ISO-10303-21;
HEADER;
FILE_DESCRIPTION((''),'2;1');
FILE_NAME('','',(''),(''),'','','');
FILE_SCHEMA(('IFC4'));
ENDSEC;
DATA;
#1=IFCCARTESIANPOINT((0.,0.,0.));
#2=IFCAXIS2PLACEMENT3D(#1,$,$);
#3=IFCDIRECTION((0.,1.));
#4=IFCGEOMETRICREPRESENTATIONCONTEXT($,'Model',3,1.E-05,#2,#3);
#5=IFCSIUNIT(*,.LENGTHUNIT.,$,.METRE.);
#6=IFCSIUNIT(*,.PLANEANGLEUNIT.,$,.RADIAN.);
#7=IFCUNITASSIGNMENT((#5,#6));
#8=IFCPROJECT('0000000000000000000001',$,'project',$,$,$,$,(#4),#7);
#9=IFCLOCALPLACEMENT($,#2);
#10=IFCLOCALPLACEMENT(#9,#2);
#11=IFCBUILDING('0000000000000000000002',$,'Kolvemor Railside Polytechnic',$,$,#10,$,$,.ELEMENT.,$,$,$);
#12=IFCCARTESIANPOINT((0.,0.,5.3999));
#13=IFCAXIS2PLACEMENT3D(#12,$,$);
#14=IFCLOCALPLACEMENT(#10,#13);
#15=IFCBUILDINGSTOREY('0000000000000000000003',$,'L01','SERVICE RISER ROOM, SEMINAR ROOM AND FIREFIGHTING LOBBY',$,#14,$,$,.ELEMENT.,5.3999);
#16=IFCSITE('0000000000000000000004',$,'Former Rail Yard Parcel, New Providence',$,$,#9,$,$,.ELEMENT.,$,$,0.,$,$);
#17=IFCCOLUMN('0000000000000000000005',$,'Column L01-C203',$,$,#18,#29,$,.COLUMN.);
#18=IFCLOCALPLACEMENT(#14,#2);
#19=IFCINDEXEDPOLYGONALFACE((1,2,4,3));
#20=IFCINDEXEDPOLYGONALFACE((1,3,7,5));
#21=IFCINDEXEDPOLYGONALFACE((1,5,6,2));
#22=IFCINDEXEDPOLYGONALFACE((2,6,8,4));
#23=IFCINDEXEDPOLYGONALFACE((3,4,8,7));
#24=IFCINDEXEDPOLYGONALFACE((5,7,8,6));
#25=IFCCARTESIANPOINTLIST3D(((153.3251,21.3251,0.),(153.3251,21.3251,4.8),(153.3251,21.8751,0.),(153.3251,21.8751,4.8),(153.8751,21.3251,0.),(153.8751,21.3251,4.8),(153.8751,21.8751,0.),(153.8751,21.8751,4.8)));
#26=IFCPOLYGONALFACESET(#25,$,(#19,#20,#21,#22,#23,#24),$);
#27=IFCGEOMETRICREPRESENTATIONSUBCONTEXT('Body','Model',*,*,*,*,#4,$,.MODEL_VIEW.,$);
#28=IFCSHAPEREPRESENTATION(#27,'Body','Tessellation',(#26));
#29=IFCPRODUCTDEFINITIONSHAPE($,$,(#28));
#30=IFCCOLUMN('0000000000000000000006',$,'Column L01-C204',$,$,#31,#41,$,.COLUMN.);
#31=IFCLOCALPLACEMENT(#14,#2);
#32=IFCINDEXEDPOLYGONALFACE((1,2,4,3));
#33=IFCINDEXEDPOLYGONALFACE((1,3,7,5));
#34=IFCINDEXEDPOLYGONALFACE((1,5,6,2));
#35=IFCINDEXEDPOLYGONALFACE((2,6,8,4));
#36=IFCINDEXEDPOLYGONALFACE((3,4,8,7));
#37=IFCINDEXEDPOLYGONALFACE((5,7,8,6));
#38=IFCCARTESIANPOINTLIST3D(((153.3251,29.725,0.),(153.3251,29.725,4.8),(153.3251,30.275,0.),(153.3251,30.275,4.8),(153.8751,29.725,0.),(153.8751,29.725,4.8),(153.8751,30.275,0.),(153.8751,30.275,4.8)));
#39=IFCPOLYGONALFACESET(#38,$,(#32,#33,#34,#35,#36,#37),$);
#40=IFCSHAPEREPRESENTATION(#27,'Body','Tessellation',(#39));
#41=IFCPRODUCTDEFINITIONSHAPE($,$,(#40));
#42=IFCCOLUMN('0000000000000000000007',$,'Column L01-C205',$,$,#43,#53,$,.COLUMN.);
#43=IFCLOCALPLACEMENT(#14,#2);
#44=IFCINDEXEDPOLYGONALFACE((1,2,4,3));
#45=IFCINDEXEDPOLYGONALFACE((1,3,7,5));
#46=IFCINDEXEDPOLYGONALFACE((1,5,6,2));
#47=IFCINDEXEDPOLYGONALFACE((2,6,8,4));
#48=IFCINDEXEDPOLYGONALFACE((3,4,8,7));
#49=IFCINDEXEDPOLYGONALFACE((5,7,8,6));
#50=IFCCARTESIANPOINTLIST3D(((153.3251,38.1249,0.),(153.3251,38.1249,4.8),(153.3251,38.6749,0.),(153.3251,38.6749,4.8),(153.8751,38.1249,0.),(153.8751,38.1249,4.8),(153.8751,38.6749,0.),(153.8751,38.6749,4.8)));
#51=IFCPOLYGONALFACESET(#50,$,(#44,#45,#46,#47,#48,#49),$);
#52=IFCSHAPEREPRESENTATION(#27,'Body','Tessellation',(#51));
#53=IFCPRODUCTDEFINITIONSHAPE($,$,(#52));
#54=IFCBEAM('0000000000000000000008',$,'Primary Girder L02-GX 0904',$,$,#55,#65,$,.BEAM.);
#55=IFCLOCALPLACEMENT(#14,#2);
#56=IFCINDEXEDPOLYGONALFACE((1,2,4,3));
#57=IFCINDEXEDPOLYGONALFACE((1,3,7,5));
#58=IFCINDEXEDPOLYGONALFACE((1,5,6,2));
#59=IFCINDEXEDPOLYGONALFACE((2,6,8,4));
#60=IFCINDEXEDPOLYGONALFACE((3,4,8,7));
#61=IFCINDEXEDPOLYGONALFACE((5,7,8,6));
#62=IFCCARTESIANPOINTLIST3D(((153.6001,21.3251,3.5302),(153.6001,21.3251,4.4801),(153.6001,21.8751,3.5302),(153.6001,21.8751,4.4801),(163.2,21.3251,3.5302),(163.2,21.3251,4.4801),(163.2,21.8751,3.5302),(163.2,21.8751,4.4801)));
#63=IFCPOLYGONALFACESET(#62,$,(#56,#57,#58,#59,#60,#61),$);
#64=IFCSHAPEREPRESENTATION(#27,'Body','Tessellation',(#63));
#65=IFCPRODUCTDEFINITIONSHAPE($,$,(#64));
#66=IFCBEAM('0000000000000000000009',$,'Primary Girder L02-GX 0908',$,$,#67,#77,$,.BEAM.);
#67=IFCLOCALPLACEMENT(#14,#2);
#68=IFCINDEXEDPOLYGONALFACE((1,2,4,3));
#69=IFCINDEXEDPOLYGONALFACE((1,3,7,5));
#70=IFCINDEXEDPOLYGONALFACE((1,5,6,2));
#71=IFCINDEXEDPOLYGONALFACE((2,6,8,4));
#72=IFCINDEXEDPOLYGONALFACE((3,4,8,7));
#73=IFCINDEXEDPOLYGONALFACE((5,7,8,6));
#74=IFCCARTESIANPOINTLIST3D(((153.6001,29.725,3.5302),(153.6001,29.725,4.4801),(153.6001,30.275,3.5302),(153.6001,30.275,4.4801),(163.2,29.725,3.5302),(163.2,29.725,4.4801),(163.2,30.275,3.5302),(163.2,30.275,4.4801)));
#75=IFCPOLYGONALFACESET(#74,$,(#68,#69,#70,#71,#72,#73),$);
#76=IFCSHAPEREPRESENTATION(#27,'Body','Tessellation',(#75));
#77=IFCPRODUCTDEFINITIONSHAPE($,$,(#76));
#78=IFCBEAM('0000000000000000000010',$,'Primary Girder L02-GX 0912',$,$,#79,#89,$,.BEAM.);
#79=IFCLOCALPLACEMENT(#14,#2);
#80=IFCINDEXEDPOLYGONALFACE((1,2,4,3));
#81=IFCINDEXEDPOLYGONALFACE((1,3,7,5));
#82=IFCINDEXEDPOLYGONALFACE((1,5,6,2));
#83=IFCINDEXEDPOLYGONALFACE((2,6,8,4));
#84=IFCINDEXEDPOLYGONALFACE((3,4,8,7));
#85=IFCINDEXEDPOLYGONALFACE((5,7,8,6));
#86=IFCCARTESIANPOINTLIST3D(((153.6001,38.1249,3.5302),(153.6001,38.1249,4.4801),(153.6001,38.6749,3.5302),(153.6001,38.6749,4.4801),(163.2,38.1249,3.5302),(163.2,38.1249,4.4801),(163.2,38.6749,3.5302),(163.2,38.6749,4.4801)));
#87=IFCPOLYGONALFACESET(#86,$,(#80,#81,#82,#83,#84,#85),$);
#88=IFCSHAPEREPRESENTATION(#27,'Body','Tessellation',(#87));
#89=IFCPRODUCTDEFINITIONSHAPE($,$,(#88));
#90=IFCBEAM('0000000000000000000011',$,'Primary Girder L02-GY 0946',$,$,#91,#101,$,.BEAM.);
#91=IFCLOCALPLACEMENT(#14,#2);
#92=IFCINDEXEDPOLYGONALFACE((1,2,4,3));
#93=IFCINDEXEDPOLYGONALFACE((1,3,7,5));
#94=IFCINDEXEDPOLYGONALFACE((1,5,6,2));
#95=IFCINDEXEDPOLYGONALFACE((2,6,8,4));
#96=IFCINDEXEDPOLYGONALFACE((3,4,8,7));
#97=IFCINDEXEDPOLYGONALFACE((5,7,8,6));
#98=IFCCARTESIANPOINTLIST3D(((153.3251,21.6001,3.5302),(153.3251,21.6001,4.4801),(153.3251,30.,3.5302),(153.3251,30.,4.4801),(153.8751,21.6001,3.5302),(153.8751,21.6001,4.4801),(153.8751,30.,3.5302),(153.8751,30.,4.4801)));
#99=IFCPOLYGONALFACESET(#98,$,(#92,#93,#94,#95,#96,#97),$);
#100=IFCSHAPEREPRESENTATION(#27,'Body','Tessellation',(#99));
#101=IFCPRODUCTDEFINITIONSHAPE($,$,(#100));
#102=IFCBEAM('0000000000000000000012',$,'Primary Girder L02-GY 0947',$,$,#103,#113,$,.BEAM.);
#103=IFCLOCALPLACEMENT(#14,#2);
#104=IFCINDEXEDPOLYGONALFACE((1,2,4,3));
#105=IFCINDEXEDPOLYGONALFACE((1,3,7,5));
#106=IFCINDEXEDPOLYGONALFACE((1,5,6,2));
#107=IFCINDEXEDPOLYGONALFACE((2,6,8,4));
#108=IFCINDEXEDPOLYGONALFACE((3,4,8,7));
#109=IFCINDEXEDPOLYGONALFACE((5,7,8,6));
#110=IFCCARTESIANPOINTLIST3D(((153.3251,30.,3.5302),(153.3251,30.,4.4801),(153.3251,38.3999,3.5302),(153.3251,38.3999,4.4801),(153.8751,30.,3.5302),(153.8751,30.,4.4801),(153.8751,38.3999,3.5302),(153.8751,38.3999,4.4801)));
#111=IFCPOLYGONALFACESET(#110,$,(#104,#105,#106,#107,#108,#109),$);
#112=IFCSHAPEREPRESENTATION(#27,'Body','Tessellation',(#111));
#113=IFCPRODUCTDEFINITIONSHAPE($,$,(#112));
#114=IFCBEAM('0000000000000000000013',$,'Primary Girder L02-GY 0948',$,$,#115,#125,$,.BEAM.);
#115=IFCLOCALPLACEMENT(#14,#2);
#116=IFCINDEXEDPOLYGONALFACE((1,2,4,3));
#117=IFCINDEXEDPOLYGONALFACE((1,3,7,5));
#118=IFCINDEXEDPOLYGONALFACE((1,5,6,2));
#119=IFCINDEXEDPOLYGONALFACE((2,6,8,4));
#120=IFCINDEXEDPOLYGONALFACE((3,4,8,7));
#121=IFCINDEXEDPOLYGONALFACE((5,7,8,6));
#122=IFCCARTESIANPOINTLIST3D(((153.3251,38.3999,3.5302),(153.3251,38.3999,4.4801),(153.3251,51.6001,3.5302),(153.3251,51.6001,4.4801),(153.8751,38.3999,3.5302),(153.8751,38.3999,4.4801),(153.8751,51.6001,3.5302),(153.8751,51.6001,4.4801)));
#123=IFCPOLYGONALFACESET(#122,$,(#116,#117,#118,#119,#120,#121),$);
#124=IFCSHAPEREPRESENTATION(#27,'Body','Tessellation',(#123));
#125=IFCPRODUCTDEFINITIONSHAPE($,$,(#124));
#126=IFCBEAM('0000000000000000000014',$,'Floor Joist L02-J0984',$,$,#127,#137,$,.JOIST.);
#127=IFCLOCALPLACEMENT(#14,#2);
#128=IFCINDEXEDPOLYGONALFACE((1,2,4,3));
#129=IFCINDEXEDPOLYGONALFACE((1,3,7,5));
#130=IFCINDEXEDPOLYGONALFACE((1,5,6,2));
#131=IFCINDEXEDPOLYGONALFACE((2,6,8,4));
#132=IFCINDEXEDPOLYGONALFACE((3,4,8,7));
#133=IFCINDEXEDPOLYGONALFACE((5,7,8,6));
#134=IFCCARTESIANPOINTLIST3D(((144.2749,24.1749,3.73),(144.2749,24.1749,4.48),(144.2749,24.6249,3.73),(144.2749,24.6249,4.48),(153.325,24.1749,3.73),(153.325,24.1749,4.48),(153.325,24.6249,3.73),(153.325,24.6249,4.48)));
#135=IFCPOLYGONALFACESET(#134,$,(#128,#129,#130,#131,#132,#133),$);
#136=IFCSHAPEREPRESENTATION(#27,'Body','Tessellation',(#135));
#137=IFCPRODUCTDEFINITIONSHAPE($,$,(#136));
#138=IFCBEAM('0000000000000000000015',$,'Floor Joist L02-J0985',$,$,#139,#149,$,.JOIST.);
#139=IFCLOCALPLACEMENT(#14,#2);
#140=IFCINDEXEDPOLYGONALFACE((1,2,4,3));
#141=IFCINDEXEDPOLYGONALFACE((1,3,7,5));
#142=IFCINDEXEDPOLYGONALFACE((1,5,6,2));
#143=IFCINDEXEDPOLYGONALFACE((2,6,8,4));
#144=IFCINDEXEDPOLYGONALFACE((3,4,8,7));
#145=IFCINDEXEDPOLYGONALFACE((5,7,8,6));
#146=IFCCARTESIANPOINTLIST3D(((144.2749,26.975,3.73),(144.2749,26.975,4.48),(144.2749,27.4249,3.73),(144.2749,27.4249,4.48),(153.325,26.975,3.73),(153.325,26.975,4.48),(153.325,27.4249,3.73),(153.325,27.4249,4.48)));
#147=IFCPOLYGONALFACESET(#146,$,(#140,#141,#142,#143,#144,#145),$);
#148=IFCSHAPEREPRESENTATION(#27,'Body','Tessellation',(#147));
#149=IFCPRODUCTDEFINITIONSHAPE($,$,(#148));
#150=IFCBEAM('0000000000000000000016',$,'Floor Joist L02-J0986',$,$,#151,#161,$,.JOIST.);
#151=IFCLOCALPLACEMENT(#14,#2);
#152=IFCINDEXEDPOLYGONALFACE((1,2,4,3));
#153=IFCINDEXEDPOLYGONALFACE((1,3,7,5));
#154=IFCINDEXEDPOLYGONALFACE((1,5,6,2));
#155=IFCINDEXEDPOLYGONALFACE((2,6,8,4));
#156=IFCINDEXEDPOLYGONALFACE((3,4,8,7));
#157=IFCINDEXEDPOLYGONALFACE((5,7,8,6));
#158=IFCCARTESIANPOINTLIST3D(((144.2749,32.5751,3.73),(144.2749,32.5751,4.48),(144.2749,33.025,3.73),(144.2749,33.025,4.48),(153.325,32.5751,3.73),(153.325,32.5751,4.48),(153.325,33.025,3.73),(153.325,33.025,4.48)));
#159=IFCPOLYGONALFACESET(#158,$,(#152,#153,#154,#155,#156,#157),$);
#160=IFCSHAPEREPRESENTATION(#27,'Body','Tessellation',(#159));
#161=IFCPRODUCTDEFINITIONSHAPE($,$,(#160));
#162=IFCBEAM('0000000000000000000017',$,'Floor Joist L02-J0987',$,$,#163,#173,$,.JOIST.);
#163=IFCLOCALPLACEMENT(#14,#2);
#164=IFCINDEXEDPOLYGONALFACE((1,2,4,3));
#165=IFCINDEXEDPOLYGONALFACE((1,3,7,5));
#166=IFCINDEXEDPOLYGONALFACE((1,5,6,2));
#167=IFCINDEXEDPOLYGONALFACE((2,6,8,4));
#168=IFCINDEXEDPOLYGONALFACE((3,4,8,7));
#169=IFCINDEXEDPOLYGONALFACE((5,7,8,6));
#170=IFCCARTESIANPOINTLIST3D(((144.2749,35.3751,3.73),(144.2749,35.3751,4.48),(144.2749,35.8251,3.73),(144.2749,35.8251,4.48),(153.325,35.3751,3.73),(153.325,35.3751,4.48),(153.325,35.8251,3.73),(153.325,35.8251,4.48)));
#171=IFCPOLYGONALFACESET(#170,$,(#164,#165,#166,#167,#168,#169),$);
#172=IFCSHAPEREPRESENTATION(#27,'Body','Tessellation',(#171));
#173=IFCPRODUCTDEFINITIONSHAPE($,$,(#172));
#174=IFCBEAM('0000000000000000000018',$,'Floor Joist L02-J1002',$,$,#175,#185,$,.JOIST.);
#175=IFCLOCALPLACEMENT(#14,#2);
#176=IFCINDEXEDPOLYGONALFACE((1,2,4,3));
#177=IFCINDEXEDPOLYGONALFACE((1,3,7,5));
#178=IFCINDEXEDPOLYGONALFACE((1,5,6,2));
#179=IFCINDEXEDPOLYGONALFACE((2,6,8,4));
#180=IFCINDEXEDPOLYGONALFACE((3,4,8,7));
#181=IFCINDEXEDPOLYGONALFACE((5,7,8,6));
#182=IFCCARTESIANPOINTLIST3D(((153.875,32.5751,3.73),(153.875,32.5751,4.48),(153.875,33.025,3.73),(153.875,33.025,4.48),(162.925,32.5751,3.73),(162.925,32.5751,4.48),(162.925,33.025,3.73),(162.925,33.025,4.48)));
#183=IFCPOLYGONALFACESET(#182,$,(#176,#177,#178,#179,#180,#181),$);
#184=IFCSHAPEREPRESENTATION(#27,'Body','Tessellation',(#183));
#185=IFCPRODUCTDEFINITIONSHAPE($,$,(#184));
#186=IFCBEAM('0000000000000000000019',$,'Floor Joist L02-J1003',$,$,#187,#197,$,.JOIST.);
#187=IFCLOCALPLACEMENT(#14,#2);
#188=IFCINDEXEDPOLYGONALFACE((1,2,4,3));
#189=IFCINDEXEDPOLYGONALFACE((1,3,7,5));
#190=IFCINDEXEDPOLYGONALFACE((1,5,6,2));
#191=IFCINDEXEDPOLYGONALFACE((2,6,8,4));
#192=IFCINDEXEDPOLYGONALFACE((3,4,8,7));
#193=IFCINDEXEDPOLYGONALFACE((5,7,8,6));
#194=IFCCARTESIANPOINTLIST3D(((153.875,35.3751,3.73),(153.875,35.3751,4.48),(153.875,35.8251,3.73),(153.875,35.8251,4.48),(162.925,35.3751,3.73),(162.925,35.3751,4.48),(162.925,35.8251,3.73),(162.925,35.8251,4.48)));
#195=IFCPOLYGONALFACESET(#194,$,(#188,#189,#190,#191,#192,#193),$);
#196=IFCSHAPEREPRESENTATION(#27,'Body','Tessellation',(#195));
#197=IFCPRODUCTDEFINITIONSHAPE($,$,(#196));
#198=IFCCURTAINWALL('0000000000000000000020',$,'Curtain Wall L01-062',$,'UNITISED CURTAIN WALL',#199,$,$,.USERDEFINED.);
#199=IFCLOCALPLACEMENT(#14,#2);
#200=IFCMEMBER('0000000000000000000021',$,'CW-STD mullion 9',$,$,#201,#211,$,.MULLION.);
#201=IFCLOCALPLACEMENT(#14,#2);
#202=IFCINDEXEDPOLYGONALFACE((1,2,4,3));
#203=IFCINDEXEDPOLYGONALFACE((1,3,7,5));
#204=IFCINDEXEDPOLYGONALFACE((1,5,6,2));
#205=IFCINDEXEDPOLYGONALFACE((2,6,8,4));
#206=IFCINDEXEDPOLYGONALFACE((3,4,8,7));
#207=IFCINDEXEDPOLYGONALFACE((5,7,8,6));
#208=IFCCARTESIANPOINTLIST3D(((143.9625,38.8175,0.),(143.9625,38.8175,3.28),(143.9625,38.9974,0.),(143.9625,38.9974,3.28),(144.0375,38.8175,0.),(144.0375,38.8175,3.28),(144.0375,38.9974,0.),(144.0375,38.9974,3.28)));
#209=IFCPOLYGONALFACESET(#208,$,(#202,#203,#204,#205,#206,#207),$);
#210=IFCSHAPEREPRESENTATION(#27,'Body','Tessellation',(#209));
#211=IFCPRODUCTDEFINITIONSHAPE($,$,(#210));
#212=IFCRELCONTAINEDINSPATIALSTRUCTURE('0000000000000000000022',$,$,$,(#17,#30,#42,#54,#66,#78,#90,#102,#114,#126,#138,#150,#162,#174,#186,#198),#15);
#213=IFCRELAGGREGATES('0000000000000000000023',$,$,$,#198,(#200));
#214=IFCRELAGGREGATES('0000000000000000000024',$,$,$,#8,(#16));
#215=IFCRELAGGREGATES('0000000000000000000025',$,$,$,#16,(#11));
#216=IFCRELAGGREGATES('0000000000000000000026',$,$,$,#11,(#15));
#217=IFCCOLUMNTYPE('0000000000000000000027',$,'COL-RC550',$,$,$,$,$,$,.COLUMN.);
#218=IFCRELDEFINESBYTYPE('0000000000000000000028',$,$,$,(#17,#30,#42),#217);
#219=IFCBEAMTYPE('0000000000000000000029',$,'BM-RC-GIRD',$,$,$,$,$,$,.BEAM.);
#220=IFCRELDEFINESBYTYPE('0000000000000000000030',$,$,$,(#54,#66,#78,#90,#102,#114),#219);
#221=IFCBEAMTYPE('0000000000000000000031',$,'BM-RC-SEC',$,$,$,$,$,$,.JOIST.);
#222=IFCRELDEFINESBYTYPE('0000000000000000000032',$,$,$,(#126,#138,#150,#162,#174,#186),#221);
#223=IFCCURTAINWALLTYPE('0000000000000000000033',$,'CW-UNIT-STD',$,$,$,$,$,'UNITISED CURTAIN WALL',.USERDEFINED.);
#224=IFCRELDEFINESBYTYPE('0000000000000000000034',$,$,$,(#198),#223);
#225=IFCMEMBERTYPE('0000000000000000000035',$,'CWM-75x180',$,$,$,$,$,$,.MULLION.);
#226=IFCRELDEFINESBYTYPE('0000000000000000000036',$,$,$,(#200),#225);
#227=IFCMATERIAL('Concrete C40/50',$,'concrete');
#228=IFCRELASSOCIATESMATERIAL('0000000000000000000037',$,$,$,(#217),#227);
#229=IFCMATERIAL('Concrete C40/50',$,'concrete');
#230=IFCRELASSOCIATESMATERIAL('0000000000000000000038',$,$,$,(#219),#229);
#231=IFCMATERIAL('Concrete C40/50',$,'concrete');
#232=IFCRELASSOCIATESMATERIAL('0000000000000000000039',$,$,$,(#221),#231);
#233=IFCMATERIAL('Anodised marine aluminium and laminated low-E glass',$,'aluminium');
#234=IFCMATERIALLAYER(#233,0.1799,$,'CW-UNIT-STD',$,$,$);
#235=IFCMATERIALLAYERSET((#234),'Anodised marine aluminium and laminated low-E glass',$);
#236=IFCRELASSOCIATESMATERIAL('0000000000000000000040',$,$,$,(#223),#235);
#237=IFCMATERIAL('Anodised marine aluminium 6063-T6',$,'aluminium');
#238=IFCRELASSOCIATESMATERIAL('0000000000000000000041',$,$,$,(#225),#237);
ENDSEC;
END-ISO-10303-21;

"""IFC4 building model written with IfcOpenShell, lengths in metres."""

from ifc_helpers import new_model, si_unit, direction, frame, origin, origin_2d, place, context, subcontext, project, spatial, rectangle, extrude, material, layer, layer_set, material_profile, profile_set, type_object, element, aggregate, save


model = new_model("IFC4")

# Units and contexts
model_context = context("Model", 3, precision=1e-05, world=origin(), true_north=direction((0.0, 1.0)))
body_context = subcontext(model_context, "Body", "Model", "MODEL_VIEW")
ifc_project = project(units=[si_unit("LENGTHUNIT", "METRE"), si_unit("PLANEANGLEUNIT", "RADIAN")], contexts=[model_context])

# Site, building, storey
site_placement = place(None, origin())
site = spatial("IfcSite", under=ifc_project, at=site_placement, Name="Former Rail Yard Parcel, New Providence", CompositionType="ELEMENT", RefElevation=0.0)
building_placement = place(site_placement, origin())
building = spatial("IfcBuilding", under=site, at=building_placement, Name="Kolvemor Railside Polytechnic", CompositionType="ELEMENT")
storey_placement = place(building_placement, frame((0.0, 0.0, 5.3999)))
storey = spatial("IfcBuildingStorey", under=building, at=storey_placement, Name="L01", Description="SERVICE RISER ROOM, SEMINAR ROOM AND FIREFIGHTING LOBBY", CompositionType="ELEMENT", Elevation=5.3999)

# Columns
ifc_material_1 = material(Name="Concrete C40/50", Category="concrete")
ifc_material_profile_1 = material_profile(ifc_material_1, rectangle(XDim=0.55, YDim=0.55, at=origin_2d()), Name="RC550x550")
ifc_profile_set_1 = profile_set([ifc_material_profile_1], Name="Concrete C40/50")
column_type = type_object("IfcColumnType", Name="COL-RC550", PredefinedType="COLUMN", material=ifc_profile_set_1)
for number, where, z_axis, x_axis, name in (
    (1, (153.6001, 21.6001, 0.0), (0.0, 0.0, 1.0), (1.0, 0.0, 0.0), "Column L01-C203"),
    (2, (153.6001, 30.0, 0.0), (0.0, 0.0, 1.0), (1.0, 0.0, 0.0), "Column L01-C204"),
    (3, (153.6001, 38.3999, 0.0), (0.0, 0.0, 1.0), (1.0, 0.0, 0.0), "Column L01-C205"),
):
    element("IfcColumn", number, at=place(storey_placement, frame(where, z_axis=z_axis, x_axis=x_axis)), inside=storey, type_object=column_type, Name=name, PredefinedType="COLUMN", context=body_context, shape_type="SweptSolid", body=[
        extrude(rectangle(XDim=0.55, YDim=0.55, at=origin_2d()), origin(), (0.0, 0.0, 1.0), 4.8),
    ])

# Beams
ifc_material_2 = material(Name="Concrete C40/50", Category="concrete")
ifc_material_profile_2 = material_profile(ifc_material_2, rectangle(XDim=0.55, YDim=0.95, at=origin_2d()), Name="RC550x950")
ifc_profile_set_2 = profile_set([ifc_material_profile_2], Name="Concrete C40/50")
beam_type_1 = type_object("IfcBeamType", Name="BM-RC-GIRD", PredefinedType="BEAM", material=ifc_profile_set_2)
for number, where, z_axis, x_axis, name in (
    (4, (153.6001, 21.6001, 4.0051), (1.0, 0.0, 0.0), (0.0, 1.0, 0.0), "Primary Girder L02-GX 0904"),
    (5, (153.6001, 30.0, 4.0051), (1.0, 0.0, 0.0), (0.0, 1.0, 0.0), "Primary Girder L02-GX 0908"),
    (6, (153.6001, 38.3999, 4.0051), (1.0, 0.0, 0.0), (0.0, 1.0, 0.0), "Primary Girder L02-GX 0912"),
):
    element("IfcBeam", number, at=place(storey_placement, frame(where, z_axis=z_axis, x_axis=x_axis)), inside=storey, type_object=beam_type_1, Name=name, PredefinedType="BEAM", context=body_context, shape_type="SweptSolid", body=[
        extrude(rectangle(XDim=0.55, YDim=0.95, at=origin_2d()), origin(), (0.0, 0.0, 1.0), 9.5999),
    ])
for number, where, z_axis, x_axis, name in (
    (7, (153.6001, 21.6001, 4.0051), (0.0, 1.0, 0.0), (-1.0, 0.0, 0.0), "Primary Girder L02-GY 0946"),
    (8, (153.6001, 30.0, 4.0051), (0.0, 1.0, 0.0), (-1.0, 0.0, 0.0), "Primary Girder L02-GY 0947"),
):
    element("IfcBeam", number, at=place(storey_placement, frame(where, z_axis=z_axis, x_axis=x_axis)), inside=storey, type_object=beam_type_1, Name=name, PredefinedType="BEAM", context=body_context, shape_type="SweptSolid", body=[
        extrude(rectangle(XDim=0.55, YDim=0.95, at=origin_2d()), origin(), (0.0, 0.0, 1.0), 8.3999),
    ])
beam_placement = place(storey_placement, frame((153.6001, 38.3999, 4.0051), z_axis=(0.0, 1.0, 0.0), x_axis=(-1.0, 0.0, 0.0)))
element("IfcBeam", 9, at=beam_placement, inside=storey, type_object=beam_type_1, Name="Primary Girder L02-GY 0948", PredefinedType="BEAM", context=body_context, shape_type="SweptSolid", body=[
    extrude(rectangle(XDim=0.55, YDim=0.95, at=origin_2d()), origin(), (0.0, 0.0, 1.0), 13.2002),
])
ifc_material_3 = material(Name="Concrete C40/50", Category="concrete")
ifc_material_profile_3 = material_profile(ifc_material_3, rectangle(XDim=0.45, YDim=0.75, at=origin_2d()), Name="RC450x750")
ifc_profile_set_3 = profile_set([ifc_material_profile_3], Name="Concrete C40/50")
beam_type_2 = type_object("IfcBeamType", Name="BM-RC-SEC", PredefinedType="JOIST", material=ifc_profile_set_3)
for number, where, z_axis, x_axis, name in (
    (10, (144.2749, 24.3999, 4.105), (1.0, 0.0, 0.0), (0.0, 1.0, 0.0), "Floor Joist L02-J0984"),
    (11, (144.2749, 27.2, 4.105), (1.0, 0.0, 0.0), (0.0, 1.0, 0.0), "Floor Joist L02-J0985"),
    (12, (144.2749, 32.8, 4.105), (1.0, 0.0, 0.0), (0.0, 1.0, 0.0), "Floor Joist L02-J0986"),
    (13, (144.2749, 35.6001, 4.105), (1.0, 0.0, 0.0), (0.0, 1.0, 0.0), "Floor Joist L02-J0987"),
    (14, (153.875, 32.8, 4.105), (1.0, 0.0, 0.0), (0.0, 1.0, 0.0), "Floor Joist L02-J1002"),
    (15, (153.875, 35.6001, 4.105), (1.0, 0.0, 0.0), (0.0, 1.0, 0.0), "Floor Joist L02-J1003"),
):
    element("IfcBeam", number, at=place(storey_placement, frame(where, z_axis=z_axis, x_axis=x_axis)), inside=storey, type_object=beam_type_2, Name=name, PredefinedType="JOIST", context=body_context, shape_type="SweptSolid", body=[
        extrude(rectangle(XDim=0.45, YDim=0.75, at=origin_2d()), origin(), (0.0, 0.0, 1.0), 9.05),
    ])

# Curtain wall, member
ifc_material_4 = material(Name="Anodised marine aluminium and laminated low-E glass", Category="aluminium")
ifc_layer_1 = layer(ifc_material_4, 0.1799, Name="CW-UNIT-STD")
ifc_layer_set_1 = layer_set([ifc_layer_1], Name="Anodised marine aluminium and laminated low-E glass")
curtain_wall_type = type_object("IfcCurtainWallType", Name="CW-UNIT-STD", ElementType="UNITISED CURTAIN WALL", PredefinedType="USERDEFINED", material=ifc_layer_set_1)
curtain_wall_placement = place(storey_placement, origin())
curtain_wall = element("IfcCurtainWall", 16, at=curtain_wall_placement, inside=storey, type_object=curtain_wall_type, Name="Curtain Wall L01-062", ObjectType="UNITISED CURTAIN WALL", PredefinedType="USERDEFINED")
ifc_material_5 = material(Name="Anodised marine aluminium 6063-T6", Category="aluminium")
ifc_material_profile_4 = material_profile(ifc_material_5, rectangle(XDim=0.075, YDim=0.1799, at=origin_2d()), Name="CW-MUL-75x180")
ifc_profile_set_4 = profile_set([ifc_material_profile_4], Name="Anodised marine aluminium 6063-T6")
member_type = type_object("IfcMemberType", Name="CWM-75x180", PredefinedType="MULLION", material=ifc_profile_set_4)
member_placement = place(storey_placement, frame((144.0, 38.9075, 0.0), z_axis=(0.0, 0.0, 1.0), x_axis=(1.0, 0.0, 0.0)))
member = element("IfcMember", 17, at=member_placement, type_object=member_type, Name="CW-STD mullion 9", PredefinedType="MULLION", context=body_context, shape_type="SweptSolid", body=[
    extrude(rectangle(XDim=0.075, YDim=0.1799, at=origin_2d()), origin(), (0.0, 0.0, 1.0), 3.28),
])
aggregate(curtain_wall, [member])

save(model, "model.ifc")
